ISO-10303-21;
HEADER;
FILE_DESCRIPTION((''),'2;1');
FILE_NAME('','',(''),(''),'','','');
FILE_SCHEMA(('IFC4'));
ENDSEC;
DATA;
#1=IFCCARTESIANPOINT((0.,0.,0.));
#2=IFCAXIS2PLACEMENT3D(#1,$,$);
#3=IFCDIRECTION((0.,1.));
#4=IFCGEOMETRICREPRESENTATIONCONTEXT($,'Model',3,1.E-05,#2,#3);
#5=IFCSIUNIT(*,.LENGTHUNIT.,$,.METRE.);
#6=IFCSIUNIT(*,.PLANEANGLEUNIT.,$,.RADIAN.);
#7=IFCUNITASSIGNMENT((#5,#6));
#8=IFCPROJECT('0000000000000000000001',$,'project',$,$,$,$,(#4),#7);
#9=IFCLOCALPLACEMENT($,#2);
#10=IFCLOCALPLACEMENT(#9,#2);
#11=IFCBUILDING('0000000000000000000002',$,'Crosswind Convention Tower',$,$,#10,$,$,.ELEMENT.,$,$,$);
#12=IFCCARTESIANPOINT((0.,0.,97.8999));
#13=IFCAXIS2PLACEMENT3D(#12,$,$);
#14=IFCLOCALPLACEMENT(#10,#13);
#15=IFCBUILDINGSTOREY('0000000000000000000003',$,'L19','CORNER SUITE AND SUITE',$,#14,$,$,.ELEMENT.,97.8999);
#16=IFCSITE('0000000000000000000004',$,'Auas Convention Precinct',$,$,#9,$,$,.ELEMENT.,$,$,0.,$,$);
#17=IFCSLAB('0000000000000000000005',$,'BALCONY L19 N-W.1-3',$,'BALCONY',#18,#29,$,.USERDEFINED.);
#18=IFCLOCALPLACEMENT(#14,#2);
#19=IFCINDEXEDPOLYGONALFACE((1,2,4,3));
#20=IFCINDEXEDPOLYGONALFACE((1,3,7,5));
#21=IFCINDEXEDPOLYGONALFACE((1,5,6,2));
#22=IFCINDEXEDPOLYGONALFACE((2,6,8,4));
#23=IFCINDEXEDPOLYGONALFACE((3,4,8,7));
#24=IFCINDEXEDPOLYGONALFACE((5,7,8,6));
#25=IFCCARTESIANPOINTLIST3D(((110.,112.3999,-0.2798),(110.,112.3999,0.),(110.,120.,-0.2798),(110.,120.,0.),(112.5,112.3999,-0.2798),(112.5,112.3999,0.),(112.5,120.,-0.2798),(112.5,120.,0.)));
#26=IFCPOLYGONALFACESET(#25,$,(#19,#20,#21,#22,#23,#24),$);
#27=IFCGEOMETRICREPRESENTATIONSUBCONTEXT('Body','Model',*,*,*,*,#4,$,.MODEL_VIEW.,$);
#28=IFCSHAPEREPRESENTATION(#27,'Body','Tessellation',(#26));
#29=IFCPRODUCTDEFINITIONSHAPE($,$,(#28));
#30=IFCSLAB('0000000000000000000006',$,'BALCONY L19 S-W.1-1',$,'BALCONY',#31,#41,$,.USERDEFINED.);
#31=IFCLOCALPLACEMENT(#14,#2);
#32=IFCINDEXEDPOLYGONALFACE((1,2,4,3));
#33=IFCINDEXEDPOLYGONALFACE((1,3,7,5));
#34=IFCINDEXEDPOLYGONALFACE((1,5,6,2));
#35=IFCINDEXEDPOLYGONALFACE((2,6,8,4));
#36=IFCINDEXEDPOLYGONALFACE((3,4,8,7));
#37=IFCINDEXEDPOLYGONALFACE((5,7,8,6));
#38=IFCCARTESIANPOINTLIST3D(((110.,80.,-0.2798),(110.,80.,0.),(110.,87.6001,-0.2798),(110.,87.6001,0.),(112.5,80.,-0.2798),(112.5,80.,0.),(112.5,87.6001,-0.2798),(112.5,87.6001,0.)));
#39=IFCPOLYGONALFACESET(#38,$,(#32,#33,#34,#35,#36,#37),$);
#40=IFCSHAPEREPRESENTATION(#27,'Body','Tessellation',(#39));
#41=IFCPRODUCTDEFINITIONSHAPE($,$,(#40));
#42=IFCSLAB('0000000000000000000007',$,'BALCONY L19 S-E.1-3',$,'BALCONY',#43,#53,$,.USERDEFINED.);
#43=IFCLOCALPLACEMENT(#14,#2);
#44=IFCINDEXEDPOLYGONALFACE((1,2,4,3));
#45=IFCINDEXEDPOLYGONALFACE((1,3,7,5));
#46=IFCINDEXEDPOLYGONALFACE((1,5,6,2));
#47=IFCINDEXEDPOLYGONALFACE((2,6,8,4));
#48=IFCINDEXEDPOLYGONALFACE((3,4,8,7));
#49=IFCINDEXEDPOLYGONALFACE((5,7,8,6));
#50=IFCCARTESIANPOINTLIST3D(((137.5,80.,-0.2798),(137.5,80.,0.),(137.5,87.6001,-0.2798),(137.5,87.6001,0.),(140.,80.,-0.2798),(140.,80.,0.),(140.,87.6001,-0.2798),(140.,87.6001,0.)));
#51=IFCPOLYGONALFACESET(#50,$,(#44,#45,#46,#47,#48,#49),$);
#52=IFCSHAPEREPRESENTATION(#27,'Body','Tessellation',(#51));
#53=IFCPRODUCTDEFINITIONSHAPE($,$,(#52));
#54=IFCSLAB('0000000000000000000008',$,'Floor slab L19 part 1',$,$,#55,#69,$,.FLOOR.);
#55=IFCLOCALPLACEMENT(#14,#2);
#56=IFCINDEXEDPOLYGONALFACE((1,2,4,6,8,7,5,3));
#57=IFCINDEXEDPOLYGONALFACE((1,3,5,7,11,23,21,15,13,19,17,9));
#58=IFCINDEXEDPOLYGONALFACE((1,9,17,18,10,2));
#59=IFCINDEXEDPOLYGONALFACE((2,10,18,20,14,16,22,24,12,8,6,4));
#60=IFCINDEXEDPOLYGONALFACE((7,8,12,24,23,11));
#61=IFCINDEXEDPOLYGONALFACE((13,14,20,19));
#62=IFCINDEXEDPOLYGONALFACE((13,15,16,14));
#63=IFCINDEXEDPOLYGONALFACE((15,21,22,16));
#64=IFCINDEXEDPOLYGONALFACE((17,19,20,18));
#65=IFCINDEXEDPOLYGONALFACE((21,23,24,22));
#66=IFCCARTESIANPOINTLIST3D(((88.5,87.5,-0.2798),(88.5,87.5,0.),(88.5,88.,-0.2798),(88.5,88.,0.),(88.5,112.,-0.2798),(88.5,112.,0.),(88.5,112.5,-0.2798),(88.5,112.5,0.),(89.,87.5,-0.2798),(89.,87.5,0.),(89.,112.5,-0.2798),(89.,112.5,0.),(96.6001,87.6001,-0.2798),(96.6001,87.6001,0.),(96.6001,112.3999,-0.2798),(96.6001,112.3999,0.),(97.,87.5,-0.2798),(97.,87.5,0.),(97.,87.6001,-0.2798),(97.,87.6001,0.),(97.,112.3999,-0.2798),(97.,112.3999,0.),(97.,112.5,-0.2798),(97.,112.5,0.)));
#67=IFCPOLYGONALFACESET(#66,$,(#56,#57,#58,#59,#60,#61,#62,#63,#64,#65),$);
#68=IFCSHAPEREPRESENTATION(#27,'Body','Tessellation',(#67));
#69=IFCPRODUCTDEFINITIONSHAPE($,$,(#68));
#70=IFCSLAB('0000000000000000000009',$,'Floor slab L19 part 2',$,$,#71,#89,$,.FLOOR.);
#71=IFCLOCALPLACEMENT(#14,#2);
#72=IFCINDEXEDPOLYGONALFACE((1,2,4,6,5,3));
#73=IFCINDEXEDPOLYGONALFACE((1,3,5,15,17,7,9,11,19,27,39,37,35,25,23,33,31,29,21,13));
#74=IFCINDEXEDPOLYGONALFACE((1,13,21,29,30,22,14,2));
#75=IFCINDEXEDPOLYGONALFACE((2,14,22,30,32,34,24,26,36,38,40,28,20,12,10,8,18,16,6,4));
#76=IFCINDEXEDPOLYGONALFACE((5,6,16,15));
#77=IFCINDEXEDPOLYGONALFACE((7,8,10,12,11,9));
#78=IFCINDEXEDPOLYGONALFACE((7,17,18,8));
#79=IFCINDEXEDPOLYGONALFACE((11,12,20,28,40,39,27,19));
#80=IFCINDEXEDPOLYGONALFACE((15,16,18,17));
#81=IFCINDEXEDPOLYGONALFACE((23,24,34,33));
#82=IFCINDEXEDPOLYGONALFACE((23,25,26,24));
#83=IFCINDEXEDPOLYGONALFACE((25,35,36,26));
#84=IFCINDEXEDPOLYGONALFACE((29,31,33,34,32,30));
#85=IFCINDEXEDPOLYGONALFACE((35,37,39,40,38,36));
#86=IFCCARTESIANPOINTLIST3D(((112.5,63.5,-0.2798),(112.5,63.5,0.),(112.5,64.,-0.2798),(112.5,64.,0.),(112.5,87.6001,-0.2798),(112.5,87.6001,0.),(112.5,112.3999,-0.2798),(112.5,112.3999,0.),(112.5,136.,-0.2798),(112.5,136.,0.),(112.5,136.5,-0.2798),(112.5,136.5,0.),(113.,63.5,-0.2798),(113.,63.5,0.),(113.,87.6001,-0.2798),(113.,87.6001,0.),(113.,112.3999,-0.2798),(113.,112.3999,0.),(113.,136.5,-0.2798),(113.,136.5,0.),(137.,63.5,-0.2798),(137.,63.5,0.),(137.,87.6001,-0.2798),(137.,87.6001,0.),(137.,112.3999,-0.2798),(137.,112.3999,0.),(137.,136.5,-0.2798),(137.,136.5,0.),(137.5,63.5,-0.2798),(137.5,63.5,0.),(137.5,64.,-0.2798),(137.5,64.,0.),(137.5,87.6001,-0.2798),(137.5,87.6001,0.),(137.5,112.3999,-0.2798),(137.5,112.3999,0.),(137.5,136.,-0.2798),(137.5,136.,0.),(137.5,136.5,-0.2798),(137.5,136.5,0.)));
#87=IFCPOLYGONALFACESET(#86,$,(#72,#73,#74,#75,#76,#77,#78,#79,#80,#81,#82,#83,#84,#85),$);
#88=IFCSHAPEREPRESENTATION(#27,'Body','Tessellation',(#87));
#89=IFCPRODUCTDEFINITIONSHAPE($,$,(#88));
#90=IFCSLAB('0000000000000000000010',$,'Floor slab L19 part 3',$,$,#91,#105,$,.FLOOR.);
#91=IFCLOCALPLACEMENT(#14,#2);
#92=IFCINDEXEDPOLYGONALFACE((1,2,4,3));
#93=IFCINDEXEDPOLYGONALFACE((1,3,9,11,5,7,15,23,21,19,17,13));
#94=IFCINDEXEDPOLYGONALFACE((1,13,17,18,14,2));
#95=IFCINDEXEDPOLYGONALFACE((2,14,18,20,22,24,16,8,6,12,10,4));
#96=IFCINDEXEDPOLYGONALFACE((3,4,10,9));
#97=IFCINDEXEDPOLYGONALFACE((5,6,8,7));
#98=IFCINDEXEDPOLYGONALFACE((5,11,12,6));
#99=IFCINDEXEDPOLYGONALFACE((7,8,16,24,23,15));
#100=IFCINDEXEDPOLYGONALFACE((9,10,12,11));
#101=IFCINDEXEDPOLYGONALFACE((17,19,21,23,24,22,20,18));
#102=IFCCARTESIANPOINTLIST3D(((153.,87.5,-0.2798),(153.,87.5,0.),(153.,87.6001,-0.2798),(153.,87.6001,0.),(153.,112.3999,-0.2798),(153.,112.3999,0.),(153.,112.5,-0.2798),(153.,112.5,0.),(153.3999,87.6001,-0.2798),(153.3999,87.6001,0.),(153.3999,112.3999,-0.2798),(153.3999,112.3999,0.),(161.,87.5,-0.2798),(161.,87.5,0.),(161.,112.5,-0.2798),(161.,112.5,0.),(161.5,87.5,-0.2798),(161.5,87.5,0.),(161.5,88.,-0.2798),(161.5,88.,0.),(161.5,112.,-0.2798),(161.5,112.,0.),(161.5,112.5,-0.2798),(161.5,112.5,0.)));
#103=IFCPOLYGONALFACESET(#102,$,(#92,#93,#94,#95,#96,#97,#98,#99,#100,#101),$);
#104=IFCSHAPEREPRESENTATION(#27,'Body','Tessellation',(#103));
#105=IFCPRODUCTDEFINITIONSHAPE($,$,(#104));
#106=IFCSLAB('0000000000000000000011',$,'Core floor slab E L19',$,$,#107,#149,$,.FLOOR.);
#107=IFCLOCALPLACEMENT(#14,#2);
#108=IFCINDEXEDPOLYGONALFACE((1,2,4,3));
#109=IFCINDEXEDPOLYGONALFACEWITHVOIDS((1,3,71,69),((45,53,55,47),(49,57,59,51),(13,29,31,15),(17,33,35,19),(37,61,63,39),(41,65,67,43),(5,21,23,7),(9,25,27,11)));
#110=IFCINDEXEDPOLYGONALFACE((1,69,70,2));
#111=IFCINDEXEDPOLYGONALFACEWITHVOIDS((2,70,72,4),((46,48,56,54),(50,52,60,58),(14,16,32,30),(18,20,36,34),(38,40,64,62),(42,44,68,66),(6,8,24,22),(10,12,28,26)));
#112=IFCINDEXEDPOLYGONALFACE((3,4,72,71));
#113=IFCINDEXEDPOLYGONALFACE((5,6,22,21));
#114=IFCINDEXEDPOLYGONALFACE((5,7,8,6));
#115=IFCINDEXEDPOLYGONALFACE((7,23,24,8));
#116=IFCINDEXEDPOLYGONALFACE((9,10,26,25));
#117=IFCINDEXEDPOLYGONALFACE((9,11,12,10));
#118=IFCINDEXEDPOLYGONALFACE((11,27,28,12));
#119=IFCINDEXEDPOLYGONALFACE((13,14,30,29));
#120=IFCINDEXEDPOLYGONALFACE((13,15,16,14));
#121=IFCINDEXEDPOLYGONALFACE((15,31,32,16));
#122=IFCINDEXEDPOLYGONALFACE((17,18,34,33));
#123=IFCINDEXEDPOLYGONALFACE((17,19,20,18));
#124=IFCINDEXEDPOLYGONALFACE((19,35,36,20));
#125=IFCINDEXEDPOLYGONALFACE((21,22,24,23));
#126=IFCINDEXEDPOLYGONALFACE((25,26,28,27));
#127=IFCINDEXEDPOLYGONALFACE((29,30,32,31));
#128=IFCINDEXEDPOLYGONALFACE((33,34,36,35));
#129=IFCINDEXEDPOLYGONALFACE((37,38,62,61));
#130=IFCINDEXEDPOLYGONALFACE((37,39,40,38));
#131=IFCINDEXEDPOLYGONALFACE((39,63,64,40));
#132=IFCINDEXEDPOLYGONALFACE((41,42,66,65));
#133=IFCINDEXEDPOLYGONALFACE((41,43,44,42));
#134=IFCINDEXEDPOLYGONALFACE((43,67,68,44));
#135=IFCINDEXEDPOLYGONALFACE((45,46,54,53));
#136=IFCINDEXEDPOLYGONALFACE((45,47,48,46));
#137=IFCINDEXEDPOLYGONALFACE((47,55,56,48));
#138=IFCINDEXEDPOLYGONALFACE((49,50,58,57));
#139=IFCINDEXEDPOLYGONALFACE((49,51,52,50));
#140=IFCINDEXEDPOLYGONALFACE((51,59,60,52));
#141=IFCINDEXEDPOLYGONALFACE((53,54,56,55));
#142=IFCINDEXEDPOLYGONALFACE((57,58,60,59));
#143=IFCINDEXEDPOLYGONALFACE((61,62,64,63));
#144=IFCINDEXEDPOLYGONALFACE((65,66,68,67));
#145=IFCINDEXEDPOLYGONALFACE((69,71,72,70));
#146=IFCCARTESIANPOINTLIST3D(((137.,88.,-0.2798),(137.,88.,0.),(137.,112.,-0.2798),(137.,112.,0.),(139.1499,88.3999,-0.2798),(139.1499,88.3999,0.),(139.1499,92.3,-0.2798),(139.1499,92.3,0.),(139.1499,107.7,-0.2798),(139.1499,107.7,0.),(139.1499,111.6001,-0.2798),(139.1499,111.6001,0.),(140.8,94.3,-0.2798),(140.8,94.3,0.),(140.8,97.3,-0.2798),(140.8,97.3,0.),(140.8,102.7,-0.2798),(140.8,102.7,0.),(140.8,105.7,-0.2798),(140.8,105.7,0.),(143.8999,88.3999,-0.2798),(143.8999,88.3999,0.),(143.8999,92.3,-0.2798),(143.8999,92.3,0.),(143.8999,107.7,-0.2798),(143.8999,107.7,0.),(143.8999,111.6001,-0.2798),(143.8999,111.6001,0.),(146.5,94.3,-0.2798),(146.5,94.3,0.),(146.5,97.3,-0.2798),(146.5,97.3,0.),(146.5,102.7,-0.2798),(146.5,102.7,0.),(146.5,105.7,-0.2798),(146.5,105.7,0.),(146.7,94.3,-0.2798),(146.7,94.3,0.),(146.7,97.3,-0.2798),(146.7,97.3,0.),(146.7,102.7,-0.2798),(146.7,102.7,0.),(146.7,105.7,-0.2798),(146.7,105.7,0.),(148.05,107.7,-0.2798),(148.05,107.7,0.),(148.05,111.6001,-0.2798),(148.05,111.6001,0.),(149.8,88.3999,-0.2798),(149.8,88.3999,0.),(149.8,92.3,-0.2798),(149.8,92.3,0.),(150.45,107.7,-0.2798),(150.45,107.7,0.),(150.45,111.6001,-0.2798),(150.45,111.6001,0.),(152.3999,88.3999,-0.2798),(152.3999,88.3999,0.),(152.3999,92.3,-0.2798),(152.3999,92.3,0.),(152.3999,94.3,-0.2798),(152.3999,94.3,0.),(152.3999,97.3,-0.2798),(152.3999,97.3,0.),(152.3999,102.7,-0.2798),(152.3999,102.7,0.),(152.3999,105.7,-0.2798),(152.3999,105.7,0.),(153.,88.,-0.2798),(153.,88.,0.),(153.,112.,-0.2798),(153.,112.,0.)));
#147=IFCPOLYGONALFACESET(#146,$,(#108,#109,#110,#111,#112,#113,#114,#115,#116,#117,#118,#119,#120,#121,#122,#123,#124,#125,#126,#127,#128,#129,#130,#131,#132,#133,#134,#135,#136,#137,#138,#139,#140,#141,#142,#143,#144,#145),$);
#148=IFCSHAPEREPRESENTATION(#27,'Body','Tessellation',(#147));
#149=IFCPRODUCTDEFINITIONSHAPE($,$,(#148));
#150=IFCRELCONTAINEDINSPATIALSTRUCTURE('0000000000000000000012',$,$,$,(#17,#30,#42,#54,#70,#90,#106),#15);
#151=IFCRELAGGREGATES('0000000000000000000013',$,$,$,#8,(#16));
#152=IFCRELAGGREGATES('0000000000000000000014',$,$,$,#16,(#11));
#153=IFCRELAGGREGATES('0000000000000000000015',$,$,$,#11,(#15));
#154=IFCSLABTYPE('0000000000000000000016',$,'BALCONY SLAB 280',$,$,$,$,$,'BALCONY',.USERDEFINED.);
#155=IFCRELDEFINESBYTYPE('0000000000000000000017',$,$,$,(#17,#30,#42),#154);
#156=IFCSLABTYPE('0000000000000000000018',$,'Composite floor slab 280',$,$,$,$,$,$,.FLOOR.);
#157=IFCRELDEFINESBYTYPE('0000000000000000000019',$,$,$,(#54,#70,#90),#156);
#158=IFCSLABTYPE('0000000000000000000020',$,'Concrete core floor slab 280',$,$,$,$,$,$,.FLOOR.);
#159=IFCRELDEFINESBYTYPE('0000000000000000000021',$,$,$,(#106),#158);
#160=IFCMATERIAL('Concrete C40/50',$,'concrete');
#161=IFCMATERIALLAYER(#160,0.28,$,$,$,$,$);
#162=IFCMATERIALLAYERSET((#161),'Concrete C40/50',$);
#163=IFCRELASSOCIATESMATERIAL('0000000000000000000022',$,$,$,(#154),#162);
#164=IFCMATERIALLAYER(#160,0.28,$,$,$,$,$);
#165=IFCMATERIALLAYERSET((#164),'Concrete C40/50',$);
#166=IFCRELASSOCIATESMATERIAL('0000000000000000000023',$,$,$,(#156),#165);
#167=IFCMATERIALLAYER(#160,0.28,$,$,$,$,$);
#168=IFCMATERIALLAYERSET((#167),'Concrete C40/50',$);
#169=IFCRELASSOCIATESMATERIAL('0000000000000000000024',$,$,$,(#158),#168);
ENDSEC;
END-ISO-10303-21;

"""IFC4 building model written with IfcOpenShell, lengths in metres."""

from ifc_helpers import new_model, si_unit, direction, frame, origin, place, context, subcontext, project, spatial, polyline, outline, extrude, material, layer, layer_set, type_object, element, save


model = new_model("IFC4")

# Units and contexts
model_context = context("Model", 3, precision=1e-05, world=origin(), true_north=direction((0.0, 1.0)))
body_context = subcontext(model_context, "Body", "Model", "MODEL_VIEW")
ifc_project = project(units=[si_unit("LENGTHUNIT", "METRE"), si_unit("PLANEANGLEUNIT", "RADIAN")], contexts=[model_context])

# Site, building, storey
site_placement = place(None, origin())
site = spatial("IfcSite", under=ifc_project, at=site_placement, Name="Auas Convention Precinct", CompositionType="ELEMENT", RefElevation=0.0)
building_placement = place(site_placement, origin())
building = spatial("IfcBuilding", under=site, at=building_placement, Name="Crosswind Convention Tower", CompositionType="ELEMENT")
storey_placement = place(building_placement, frame((0.0, 0.0, 97.8999)))
storey = spatial("IfcBuildingStorey", under=building, at=storey_placement, Name="L19", Description="CORNER SUITE AND SUITE", CompositionType="ELEMENT", Elevation=97.8999)

# Slabs
ifc_material_1 = material(Name="Concrete C40/50", Category="concrete")
ifc_layer_1 = layer(ifc_material_1, 0.28)
ifc_layer_set_1 = layer_set([ifc_layer_1], Name="Concrete C40/50")
slab_type_1 = type_object("IfcSlabType", Name="BALCONY SLAB 280", ElementType="BALCONY", PredefinedType="USERDEFINED", material=ifc_layer_set_1)
slab_1_placement = place(storey_placement, frame((0.0, 0.0, -0.2798)))
element("IfcSlab", 1, at=slab_1_placement, inside=storey, type_object=slab_type_1, Name="BALCONY L19 N-W.1-3", ObjectType="BALCONY", PredefinedType="USERDEFINED", context=body_context, shape_type="SweptSolid", body=[
    extrude(outline(polyline([(112.5, 120.0), (112.5, 112.3999), (110.0, 112.3999), (110.0, 120.0), (112.5, 120.0)])), origin(), (0.0, 0.0, 1.0), 0.2798),
])
slab_2_placement = place(storey_placement, frame((0.0, 0.0, -0.2798)))
element("IfcSlab", 2, at=slab_2_placement, inside=storey, type_object=slab_type_1, Name="BALCONY L19 S-W.1-1", ObjectType="BALCONY", PredefinedType="USERDEFINED", context=body_context, shape_type="SweptSolid", body=[
    extrude(outline(polyline([(112.5, 87.6001), (112.5, 80.0), (110.0, 80.0), (110.0, 87.6001), (112.5, 87.6001)])), origin(), (0.0, 0.0, 1.0), 0.2798),
])
slab_3_placement = place(storey_placement, frame((0.0, 0.0, -0.2798)))
element("IfcSlab", 3, at=slab_3_placement, inside=storey, type_object=slab_type_1, Name="BALCONY L19 S-E.1-3", ObjectType="BALCONY", PredefinedType="USERDEFINED", context=body_context, shape_type="SweptSolid", body=[
    extrude(outline(polyline([(137.5, 80.0), (137.5, 87.6001), (140.0, 87.6001), (140.0, 80.0), (137.5, 80.0)])), origin(), (0.0, 0.0, 1.0), 0.2798),
])
ifc_layer_2 = layer(ifc_material_1, 0.28)
ifc_layer_set_2 = layer_set([ifc_layer_2], Name="Concrete C40/50")
slab_type_2 = type_object("IfcSlabType", Name="Composite floor slab 280", PredefinedType="FLOOR", material=ifc_layer_set_2)
slab_4_placement = place(storey_placement, frame((0.0, 0.0, -0.2798)))
element("IfcSlab", 4, at=slab_4_placement, inside=storey, type_object=slab_type_2, Name="Floor slab L19 part 1", PredefinedType="FLOOR", context=body_context, shape_type="SweptSolid", body=[
    extrude(outline(polyline([(97.0, 87.5), (89.0, 87.5), (88.5, 87.5), (88.5, 88.0), (88.5, 112.0), (88.5, 112.5), (89.0, 112.5), (97.0, 112.5), (97.0, 112.3999), (96.6001, 112.3999), (96.6001, 87.6001), (97.0, 87.6001), (97.0, 87.5)])), origin(), (0.0, 0.0, 1.0), 0.2798),
])
slab_5_placement = place(storey_placement, frame((0.0, 0.0, -0.2798)))
element("IfcSlab", 5, at=slab_5_placement, inside=storey, type_object=slab_type_2, Name="Floor slab L19 part 2", PredefinedType="FLOOR", context=body_context, shape_type="SweptSolid", body=[
    extrude(outline(polyline([(112.5, 87.6001), (113.0, 87.6001), (113.0, 112.3999), (112.5, 112.3999), (112.5, 136.0), (112.5, 136.5), (113.0, 136.5), (137.0, 136.5), (137.5, 136.5), (137.5, 136.0), (137.5, 112.3999), (137.0, 112.3999), (137.0, 87.6001), (137.5, 87.6001), (137.5, 64.0), (137.5, 63.5), (137.0, 63.5), (113.0, 63.5), (112.5, 63.5), (112.5, 64.0), (112.5, 87.6001)])), origin(), (0.0, 0.0, 1.0), 0.2798),
])
slab_6_placement = place(storey_placement, frame((0.0, 0.0, -0.2798)))
element("IfcSlab", 6, at=slab_6_placement, inside=storey, type_object=slab_type_2, Name="Floor slab L19 part 3", PredefinedType="FLOOR", context=body_context, shape_type="SweptSolid", body=[
    extrude(outline(polyline([(153.0, 112.5), (161.0, 112.5), (161.5, 112.5), (161.5, 112.0), (161.5, 88.0), (161.5, 87.5), (161.0, 87.5), (153.0, 87.5), (153.0, 87.6001), (153.3999, 87.6001), (153.3999, 112.3999), (153.0, 112.3999), (153.0, 112.5)])), origin(), (0.0, 0.0, 1.0), 0.2798),
])
ifc_layer_3 = layer(ifc_material_1, 0.28)
ifc_layer_set_3 = layer_set([ifc_layer_3], Name="Concrete C40/50")
slab_type_3 = type_object("IfcSlabType", Name="Concrete core floor slab 280", PredefinedType="FLOOR", material=ifc_layer_set_3)
slab_7_placement = place(storey_placement, frame((0.0, 0.0, -0.2798)))
element("IfcSlab", 7, at=slab_7_placement, inside=storey, type_object=slab_type_3, Name="Core floor slab E L19", PredefinedType="FLOOR", context=body_context, shape_type="SweptSolid", body=[
    extrude(outline(polyline([(137.0, 88.0), (153.0, 88.0), (153.0, 112.0), (137.0, 112.0), (137.0, 88.0)]), holes=[polyline([(146.5, 102.7), (146.5, 105.7), (140.8, 105.7), (140.8, 102.7), (146.5, 102.7)]), polyline([(152.3999, 102.7), (152.3999, 105.7), (146.7, 105.7), (146.7, 102.7), (152.3999, 102.7)]), polyline([(146.5, 94.3), (146.5, 97.3), (140.8, 97.3), (140.8, 94.3), (146.5, 94.3)]), polyline([(152.3999, 94.3), (152.3999, 97.3), (146.7, 97.3), (146.7, 94.3), (152.3999, 94.3)]), polyline([(150.45, 107.7), (150.45, 111.6001), (148.05, 111.6001), (148.05, 107.7), (150.45, 107.7)]), polyline([(152.3999, 88.3999), (152.3999, 92.3), (149.8, 92.3), (149.8, 88.3999), (152.3999, 88.3999)]), polyline([(143.8999, 107.7), (143.8999, 111.6001), (139.1499, 111.6001), (139.1499, 107.7), (143.8999, 107.7)]), polyline([(143.8999, 88.3999), (143.8999, 92.3), (139.1499, 92.3), (139.1499, 88.3999), (143.8999, 88.3999)])]), origin(), (0.0, 0.0, 1.0), 0.2798),
])

save(model, "model.ifc")
